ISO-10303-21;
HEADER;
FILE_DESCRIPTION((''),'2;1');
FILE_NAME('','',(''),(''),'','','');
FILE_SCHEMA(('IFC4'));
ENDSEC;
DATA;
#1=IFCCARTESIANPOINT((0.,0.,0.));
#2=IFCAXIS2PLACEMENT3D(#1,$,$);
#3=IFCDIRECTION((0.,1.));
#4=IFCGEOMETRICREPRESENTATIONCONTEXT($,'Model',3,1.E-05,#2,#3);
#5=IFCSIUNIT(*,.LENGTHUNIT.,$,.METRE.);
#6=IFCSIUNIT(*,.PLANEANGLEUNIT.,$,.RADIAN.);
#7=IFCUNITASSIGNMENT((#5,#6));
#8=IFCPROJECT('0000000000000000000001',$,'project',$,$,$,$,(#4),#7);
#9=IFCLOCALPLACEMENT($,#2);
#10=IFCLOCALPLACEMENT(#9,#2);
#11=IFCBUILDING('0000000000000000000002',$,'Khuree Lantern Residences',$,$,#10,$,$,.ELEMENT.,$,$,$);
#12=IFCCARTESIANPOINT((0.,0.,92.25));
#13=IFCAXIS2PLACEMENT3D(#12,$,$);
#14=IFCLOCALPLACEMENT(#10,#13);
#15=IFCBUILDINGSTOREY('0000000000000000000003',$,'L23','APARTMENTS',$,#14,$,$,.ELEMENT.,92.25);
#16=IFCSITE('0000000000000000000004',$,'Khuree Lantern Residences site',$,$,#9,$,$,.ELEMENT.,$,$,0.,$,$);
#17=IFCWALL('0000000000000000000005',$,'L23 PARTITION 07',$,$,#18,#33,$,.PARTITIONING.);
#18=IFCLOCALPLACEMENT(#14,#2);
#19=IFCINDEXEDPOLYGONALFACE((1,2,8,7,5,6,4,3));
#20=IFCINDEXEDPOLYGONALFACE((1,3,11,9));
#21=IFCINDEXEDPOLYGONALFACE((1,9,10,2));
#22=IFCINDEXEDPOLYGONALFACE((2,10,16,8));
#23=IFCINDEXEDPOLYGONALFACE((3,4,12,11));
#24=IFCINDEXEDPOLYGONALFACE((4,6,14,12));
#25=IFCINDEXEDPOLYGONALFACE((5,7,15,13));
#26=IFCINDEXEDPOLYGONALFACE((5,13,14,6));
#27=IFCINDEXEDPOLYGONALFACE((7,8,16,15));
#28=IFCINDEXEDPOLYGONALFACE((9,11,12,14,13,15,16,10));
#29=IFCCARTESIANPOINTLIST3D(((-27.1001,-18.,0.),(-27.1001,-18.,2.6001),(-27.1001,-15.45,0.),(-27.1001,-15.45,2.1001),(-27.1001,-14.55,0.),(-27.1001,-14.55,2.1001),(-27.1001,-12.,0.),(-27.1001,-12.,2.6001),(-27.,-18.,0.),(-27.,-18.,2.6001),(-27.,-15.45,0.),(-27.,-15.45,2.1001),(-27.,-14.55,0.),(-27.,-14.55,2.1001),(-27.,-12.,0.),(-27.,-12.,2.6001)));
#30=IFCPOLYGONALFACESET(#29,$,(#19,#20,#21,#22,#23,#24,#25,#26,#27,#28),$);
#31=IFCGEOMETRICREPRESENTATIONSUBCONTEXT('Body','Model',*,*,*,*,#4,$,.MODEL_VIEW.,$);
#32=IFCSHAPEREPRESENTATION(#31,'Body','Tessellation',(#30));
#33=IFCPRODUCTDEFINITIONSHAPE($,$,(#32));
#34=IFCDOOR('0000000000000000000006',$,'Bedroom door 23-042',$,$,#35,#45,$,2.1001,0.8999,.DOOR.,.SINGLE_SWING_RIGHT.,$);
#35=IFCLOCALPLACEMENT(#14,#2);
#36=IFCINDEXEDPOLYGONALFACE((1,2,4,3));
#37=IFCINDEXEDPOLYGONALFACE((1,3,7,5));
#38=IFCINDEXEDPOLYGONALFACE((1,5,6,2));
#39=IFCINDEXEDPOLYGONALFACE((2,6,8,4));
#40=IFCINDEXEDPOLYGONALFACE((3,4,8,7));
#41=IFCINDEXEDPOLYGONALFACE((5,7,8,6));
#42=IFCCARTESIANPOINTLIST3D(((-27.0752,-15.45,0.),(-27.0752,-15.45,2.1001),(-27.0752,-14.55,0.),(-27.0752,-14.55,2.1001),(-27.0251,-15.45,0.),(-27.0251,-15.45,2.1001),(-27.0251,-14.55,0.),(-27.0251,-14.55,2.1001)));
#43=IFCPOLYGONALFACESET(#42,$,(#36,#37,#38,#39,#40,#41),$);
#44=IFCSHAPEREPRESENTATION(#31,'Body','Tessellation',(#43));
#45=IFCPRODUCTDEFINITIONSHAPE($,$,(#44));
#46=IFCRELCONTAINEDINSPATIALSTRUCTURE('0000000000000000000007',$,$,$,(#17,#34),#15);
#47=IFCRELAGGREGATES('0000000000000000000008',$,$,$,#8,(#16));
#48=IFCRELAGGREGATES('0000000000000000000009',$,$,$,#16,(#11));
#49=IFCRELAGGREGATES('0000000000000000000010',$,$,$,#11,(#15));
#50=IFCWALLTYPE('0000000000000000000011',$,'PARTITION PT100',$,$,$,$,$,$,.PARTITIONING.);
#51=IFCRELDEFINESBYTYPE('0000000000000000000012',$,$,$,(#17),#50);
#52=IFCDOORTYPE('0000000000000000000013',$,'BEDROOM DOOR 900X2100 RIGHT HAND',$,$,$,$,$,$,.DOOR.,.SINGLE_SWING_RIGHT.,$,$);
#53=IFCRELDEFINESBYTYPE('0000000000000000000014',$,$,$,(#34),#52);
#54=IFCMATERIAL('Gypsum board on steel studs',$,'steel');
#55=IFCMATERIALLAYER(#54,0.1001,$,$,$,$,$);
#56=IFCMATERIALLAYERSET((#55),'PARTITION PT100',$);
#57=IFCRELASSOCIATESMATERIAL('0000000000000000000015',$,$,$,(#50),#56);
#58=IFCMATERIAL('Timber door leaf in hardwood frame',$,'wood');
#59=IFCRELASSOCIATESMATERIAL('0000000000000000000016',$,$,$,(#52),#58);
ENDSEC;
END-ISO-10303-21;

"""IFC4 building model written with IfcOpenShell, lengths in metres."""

from ifc_helpers import new_model, si_unit, direction, frame, frame_2d, origin, place, context, subcontext, project, spatial, rectangle, extrude, material, layer, layer_set, type_object, element, fill, save


model = new_model("IFC4")

# Units and contexts
model_context = context("Model", 3, precision=1e-05, world=origin(), true_north=direction((0.0, 1.0)))
body_context = subcontext(model_context, "Body", "Model", "MODEL_VIEW")
ifc_project = project(units=[si_unit("LENGTHUNIT", "METRE"), si_unit("PLANEANGLEUNIT", "RADIAN")], contexts=[model_context])

# Site, building, storey
site_placement = place(None, origin())
site = spatial("IfcSite", under=ifc_project, at=site_placement, Name="Khuree Lantern Residences site", CompositionType="ELEMENT", RefElevation=0.0)
building_placement = place(site_placement, origin())
building = spatial("IfcBuilding", under=site, at=building_placement, Name="Khuree Lantern Residences", CompositionType="ELEMENT")
storey_placement = place(building_placement, frame((0.0, 0.0, 92.25)))
storey = spatial("IfcBuildingStorey", under=building, at=storey_placement, Name="L23", Description="APARTMENTS", CompositionType="ELEMENT", Elevation=92.25)

# Shared definitions
ifc_material_1 = material(Name="Gypsum board on steel studs", Category="steel")
ifc_layer_1 = layer(ifc_material_1, 0.1001)
ifc_layer_set_1 = layer_set([ifc_layer_1], Name="PARTITION PT100")
wall_type_1 = type_object("IfcWallType", Name="PARTITION PT100", PredefinedType="PARTITIONING", material=ifc_layer_set_1)

# Wall, opening, door
ifc_material_2 = material(Name="Timber door leaf in hardwood frame", Category="wood")
wall_1_placement = place(storey_placement, frame((-27.05, -12.0, 0.0), z_axis=(0.0, 0.0, 1.0), x_axis=(0.0, -1.0, 0.0)))
wall_1 = element("IfcWall", 1, at=wall_1_placement, inside=storey, type_object=wall_type_1, Name="L23 PARTITION 07", PredefinedType="PARTITIONING", context=body_context, shape_type="SweptSolid", body=[
    extrude(rectangle(XDim=6.0, YDim=0.1001, at=frame_2d((3.0, 0.0))), origin(), (0.0, 0.0, 1.0), 2.6001),
])
opening_1_placement = place(wall_1_placement, frame((2.55, 0.0, 0.0)))
opening_1 = element("IfcOpeningElement", 2, at=opening_1_placement, cuts=wall_1, PredefinedType="OPENING", context=body_context, shape_type="SweptSolid", body=[
    extrude(rectangle(XDim=0.8999, YDim=2.1001, at=frame_2d((0.45, 1.05))), frame((0.0, 0.0601, 0.0), z_axis=(0.0, -1.0, 0.0), x_axis=(1.0, 0.0, 0.0)), (0.0, 0.0, 1.0), 0.1201),
])
door_type_1 = type_object("IfcDoorType", Name="BEDROOM DOOR 900X2100 RIGHT HAND", OperationType="SINGLE_SWING_RIGHT", PredefinedType="DOOR", material=ifc_material_2)
door_1_placement = place(opening_1_placement, origin())
door_1 = element("IfcDoor", 3, at=door_1_placement, inside=storey, type_object=door_type_1, Name="Bedroom door 23-042", OperationType="SINGLE_SWING_RIGHT", OverallHeight=2.1001, OverallWidth=0.8999, PredefinedType="DOOR", context=body_context, shape_type="SweptSolid", body=[
    extrude(rectangle(XDim=0.8999, YDim=2.1001, at=frame_2d((0.45, 1.05))), frame((0.0, 0.0249, 0.0), z_axis=(0.0, -1.0, 0.0), x_axis=(1.0, 0.0, 0.0)), (0.0, 0.0, 1.0), 0.05),
])
fill(opening_1, door_1)

save(model, "model.ifc")
